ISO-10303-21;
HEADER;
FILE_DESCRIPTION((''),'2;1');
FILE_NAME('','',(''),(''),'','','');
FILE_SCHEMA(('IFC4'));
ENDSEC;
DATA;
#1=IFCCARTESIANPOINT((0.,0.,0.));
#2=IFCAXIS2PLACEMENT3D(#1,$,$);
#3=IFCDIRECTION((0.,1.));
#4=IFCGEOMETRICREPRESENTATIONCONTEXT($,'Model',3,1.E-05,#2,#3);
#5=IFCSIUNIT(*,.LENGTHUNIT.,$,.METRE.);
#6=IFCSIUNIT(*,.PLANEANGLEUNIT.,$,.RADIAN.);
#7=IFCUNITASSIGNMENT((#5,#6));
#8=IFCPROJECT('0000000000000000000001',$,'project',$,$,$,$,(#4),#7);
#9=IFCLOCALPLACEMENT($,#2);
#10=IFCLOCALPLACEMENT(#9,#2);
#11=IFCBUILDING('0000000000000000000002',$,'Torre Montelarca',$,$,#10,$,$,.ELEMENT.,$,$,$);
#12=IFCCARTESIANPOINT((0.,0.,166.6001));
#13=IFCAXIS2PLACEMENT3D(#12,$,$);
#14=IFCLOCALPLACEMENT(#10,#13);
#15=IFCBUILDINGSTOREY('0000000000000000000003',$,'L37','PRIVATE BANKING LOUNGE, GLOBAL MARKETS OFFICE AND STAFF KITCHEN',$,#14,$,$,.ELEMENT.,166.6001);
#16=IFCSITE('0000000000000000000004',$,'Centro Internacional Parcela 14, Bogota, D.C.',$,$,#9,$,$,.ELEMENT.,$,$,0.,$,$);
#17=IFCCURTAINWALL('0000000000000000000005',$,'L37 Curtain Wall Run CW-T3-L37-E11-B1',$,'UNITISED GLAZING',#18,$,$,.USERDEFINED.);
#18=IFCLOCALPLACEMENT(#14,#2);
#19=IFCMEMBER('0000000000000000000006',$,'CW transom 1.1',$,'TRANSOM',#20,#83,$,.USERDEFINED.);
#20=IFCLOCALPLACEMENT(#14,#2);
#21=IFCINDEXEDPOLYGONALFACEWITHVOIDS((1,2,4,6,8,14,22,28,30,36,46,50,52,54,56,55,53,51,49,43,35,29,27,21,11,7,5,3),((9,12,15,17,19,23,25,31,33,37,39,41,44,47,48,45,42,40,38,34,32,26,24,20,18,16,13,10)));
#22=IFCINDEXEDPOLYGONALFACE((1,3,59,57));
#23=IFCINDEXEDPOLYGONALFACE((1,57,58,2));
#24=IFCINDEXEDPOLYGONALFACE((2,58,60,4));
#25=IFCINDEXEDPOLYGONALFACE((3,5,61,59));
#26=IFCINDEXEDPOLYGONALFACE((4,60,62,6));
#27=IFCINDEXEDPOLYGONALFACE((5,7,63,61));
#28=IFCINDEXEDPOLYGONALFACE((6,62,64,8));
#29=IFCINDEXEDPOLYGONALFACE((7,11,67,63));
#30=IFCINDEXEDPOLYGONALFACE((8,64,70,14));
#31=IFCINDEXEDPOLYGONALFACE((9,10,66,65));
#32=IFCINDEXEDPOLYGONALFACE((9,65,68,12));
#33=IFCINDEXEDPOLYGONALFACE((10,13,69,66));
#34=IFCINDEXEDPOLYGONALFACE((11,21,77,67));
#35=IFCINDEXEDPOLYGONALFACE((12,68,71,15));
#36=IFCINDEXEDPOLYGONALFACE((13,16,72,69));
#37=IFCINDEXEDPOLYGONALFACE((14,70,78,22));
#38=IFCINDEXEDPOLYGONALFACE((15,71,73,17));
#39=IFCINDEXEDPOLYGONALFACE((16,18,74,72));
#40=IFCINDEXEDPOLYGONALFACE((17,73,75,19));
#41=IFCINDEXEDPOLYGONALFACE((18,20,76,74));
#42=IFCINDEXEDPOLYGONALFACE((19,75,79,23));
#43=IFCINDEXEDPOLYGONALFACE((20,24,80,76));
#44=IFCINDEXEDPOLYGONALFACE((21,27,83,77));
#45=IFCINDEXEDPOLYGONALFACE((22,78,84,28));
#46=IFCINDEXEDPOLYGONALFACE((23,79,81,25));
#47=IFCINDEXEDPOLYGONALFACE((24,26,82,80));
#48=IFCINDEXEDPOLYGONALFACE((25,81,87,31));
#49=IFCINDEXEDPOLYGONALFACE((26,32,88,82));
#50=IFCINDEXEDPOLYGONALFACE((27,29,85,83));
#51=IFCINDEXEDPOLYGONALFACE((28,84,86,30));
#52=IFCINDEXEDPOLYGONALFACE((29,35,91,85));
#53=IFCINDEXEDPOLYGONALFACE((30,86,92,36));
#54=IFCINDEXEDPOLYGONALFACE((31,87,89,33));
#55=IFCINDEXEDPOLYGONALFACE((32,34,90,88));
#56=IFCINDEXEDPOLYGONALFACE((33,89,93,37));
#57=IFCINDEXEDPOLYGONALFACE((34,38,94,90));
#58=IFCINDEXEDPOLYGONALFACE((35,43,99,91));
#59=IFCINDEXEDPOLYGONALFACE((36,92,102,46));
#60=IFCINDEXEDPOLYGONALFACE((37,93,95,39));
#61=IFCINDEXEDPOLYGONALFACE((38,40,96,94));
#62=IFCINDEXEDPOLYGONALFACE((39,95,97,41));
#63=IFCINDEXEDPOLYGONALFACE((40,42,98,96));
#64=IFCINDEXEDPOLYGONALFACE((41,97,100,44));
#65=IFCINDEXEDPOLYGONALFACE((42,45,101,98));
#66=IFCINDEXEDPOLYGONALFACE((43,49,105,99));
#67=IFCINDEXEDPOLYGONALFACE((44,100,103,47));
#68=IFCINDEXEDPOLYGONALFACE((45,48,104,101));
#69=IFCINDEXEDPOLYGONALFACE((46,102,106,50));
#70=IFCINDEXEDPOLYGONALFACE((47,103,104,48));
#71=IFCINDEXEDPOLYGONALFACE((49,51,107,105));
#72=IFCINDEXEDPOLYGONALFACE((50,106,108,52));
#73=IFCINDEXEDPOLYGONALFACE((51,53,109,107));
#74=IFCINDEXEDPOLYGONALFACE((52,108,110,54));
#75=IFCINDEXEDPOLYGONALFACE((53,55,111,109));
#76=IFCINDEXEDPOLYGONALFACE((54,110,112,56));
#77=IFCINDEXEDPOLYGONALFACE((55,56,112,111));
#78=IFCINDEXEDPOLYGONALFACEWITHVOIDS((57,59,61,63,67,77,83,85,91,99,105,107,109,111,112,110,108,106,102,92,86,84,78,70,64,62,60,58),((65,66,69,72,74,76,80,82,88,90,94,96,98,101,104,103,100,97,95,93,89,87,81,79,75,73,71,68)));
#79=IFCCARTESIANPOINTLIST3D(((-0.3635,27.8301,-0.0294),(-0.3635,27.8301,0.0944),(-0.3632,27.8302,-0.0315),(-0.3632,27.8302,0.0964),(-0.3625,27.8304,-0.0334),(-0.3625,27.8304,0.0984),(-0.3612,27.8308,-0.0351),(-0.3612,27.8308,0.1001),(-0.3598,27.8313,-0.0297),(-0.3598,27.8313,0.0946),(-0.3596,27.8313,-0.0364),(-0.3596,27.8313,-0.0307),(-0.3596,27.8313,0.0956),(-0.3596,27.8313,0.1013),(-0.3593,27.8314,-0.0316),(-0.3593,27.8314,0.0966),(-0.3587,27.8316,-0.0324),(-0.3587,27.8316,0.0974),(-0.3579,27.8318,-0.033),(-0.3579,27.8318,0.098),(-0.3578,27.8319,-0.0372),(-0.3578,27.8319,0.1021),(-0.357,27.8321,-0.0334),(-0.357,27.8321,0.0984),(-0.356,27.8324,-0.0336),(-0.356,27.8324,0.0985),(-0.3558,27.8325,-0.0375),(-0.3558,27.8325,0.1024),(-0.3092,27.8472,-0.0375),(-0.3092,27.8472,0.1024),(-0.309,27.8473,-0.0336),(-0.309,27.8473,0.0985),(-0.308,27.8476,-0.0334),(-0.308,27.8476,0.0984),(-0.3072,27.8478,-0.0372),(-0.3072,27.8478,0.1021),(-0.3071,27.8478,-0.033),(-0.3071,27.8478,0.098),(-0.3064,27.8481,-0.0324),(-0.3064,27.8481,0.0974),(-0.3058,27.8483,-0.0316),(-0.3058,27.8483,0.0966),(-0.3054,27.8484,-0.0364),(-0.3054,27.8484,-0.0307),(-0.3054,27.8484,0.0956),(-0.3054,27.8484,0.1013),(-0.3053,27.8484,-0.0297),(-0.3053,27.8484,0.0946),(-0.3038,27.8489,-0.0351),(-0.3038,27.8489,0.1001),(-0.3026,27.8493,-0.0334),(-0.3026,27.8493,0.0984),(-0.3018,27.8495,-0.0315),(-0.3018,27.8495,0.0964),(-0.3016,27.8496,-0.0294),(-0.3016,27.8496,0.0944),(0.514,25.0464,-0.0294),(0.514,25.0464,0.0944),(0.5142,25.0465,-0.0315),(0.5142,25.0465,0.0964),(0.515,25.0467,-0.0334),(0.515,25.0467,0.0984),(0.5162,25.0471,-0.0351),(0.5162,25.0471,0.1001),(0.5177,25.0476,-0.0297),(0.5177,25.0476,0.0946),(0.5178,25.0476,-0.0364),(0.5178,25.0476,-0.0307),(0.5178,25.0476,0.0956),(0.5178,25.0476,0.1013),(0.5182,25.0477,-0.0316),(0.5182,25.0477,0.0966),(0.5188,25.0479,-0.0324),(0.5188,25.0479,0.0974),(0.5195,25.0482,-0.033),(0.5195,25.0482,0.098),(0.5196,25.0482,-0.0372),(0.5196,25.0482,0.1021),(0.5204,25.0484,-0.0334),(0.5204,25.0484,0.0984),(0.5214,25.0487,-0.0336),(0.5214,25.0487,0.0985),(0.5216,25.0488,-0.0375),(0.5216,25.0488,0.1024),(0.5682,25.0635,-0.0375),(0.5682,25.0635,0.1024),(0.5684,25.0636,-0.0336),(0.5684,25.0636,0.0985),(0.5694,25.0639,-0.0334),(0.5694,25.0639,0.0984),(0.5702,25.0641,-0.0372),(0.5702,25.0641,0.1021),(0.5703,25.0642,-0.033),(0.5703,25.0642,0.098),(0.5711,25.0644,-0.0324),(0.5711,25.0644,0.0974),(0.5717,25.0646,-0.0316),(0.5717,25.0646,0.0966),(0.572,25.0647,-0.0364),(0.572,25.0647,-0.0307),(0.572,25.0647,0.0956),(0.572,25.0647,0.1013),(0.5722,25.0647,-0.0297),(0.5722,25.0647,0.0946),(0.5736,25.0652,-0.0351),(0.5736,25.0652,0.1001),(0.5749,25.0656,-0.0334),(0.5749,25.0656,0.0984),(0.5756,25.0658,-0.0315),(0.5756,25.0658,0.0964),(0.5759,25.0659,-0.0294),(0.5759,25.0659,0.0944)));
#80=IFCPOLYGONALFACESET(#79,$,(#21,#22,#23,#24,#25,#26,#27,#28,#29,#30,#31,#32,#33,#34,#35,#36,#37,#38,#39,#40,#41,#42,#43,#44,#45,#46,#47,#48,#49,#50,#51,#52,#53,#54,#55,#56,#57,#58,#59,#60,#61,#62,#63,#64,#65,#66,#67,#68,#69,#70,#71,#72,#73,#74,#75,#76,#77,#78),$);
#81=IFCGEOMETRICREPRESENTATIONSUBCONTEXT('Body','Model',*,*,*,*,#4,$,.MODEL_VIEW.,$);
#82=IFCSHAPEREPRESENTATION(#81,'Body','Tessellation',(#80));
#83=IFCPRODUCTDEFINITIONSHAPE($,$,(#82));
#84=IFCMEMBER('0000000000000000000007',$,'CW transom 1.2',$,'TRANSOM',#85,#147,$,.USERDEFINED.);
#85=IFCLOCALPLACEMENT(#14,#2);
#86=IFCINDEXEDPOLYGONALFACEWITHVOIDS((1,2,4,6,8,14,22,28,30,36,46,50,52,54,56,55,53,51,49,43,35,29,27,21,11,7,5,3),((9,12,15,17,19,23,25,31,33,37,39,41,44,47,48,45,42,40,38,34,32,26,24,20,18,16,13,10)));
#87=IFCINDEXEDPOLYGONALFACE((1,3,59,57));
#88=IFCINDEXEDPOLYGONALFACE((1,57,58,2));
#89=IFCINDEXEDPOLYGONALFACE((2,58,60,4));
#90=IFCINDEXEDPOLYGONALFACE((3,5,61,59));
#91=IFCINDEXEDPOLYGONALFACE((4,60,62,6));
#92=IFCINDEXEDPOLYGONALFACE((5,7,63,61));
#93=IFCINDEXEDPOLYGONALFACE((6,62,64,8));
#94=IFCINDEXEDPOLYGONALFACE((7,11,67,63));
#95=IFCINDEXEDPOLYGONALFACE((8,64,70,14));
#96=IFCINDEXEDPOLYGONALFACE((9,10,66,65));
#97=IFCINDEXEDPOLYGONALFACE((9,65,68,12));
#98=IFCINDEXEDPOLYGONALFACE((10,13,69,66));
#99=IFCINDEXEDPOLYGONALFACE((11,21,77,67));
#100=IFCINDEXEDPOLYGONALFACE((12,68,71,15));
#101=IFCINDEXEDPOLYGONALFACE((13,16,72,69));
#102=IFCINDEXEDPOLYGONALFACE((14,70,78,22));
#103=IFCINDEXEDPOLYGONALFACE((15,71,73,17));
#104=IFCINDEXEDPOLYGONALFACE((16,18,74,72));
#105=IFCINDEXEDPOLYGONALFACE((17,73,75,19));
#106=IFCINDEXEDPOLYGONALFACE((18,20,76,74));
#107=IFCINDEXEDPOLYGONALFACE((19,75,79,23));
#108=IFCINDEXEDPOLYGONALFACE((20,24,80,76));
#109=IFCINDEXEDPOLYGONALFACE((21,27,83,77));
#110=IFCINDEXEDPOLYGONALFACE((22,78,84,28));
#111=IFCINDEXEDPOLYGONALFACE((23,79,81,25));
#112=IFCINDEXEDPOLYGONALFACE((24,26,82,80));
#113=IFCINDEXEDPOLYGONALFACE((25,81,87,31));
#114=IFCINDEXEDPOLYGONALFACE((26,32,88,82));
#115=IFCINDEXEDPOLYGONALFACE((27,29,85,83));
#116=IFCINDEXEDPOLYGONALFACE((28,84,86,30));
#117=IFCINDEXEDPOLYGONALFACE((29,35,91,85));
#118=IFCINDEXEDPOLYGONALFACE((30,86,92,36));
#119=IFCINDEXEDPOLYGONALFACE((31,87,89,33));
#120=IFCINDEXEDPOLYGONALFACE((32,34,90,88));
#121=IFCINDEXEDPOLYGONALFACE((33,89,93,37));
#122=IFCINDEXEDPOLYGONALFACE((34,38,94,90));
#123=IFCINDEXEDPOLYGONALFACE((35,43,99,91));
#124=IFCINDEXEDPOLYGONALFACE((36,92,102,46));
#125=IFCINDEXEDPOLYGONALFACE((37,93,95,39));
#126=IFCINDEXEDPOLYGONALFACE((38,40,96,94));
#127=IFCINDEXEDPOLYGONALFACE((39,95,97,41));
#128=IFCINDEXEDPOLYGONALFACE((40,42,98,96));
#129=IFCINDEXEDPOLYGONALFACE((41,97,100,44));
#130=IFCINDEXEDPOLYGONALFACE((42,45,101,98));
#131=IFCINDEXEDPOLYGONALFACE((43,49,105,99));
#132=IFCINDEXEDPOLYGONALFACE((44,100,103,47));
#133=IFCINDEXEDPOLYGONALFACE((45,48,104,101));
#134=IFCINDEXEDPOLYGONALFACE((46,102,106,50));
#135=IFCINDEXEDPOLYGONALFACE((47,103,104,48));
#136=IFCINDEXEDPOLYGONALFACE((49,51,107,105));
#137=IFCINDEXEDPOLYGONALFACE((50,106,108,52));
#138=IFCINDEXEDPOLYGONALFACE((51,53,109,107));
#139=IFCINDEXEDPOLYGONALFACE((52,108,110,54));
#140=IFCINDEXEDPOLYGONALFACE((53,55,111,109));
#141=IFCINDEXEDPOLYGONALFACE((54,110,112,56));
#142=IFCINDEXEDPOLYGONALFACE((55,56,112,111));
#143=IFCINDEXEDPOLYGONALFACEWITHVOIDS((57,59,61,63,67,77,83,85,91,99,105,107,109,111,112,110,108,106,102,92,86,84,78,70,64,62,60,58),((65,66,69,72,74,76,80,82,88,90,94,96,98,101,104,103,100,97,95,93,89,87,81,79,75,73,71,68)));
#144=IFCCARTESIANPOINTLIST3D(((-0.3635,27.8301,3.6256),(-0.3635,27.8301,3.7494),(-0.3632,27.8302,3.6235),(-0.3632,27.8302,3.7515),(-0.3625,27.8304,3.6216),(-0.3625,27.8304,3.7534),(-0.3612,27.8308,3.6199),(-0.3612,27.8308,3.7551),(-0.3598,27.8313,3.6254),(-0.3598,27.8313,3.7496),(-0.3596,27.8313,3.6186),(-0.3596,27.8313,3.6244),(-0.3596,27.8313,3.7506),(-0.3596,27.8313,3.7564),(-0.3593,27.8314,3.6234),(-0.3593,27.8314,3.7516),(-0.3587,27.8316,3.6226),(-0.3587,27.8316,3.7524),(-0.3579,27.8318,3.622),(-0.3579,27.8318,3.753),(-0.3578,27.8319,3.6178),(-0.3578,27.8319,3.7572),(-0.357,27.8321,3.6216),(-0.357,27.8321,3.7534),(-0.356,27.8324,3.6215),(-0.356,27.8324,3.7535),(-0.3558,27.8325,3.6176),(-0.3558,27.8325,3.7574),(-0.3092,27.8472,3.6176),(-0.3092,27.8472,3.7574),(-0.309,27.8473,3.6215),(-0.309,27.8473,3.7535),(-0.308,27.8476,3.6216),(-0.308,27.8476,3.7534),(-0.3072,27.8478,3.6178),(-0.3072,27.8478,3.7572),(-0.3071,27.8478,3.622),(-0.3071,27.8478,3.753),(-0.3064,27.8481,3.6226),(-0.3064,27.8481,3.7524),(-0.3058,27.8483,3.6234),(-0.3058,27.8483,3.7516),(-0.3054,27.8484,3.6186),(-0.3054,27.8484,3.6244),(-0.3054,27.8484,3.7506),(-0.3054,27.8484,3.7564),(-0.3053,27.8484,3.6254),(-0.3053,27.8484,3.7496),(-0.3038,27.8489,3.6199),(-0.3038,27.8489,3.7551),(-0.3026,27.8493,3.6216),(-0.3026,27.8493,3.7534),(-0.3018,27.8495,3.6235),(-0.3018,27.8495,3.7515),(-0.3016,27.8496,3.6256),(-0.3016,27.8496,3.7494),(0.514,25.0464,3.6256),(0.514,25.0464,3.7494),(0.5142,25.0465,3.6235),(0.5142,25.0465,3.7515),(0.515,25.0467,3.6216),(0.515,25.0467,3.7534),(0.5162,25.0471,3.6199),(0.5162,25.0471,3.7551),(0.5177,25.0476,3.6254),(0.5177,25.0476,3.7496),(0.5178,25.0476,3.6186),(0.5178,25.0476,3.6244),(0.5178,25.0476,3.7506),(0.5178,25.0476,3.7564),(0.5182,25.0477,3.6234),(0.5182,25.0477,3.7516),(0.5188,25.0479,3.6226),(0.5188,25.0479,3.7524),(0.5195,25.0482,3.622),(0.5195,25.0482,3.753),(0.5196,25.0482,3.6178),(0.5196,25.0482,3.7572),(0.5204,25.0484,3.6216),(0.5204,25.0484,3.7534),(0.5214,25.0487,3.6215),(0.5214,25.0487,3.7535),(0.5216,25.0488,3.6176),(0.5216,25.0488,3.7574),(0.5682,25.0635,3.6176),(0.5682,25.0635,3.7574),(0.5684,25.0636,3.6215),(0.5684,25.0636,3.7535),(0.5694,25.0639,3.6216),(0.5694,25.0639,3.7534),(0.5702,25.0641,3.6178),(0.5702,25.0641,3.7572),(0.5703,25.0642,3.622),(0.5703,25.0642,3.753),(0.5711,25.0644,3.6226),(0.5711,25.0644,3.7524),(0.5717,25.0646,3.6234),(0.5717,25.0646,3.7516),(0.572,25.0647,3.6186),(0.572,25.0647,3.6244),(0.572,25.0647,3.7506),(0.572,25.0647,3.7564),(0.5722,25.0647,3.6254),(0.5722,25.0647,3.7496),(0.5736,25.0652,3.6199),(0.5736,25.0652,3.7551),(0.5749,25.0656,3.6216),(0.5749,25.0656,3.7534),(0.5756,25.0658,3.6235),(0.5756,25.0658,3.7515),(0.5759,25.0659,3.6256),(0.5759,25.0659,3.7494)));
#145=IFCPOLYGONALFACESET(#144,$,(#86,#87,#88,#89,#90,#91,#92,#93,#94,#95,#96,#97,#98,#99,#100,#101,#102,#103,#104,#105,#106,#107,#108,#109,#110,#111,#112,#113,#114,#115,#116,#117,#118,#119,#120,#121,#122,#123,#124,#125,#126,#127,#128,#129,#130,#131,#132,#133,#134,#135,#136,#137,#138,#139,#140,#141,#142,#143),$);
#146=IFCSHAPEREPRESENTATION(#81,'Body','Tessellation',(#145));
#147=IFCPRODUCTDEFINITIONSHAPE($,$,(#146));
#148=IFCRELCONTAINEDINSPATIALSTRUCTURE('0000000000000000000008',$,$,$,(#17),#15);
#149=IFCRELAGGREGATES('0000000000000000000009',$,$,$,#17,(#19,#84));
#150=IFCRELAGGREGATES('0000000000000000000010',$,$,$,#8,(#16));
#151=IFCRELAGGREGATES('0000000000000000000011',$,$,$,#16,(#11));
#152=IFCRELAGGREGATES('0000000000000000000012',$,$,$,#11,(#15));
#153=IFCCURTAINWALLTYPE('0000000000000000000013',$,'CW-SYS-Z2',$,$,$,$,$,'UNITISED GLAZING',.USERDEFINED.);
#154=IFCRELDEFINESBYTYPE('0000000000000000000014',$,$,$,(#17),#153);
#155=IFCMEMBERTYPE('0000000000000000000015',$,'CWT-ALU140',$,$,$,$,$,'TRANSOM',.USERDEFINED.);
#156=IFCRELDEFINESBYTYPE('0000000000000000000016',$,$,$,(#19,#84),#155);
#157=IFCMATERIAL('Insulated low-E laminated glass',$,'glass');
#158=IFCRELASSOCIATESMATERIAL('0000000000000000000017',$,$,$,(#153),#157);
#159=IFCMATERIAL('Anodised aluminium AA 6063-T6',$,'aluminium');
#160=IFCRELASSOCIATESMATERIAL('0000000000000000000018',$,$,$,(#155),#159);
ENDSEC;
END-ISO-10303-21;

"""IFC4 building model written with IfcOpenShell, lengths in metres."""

from ifc_helpers import new_model, si_unit, direction, frame, origin, origin_2d, place, context, subcontext, project, spatial, hollow_rectangle, extrude, source, transform, mapped, material, material_profile, profile_set, type_object, element, aggregate, save


model = new_model("IFC4")

# Units and contexts
model_context = context("Model", 3, precision=1e-05, world=origin(), true_north=direction((0.0, 1.0)))
body_context = subcontext(model_context, "Body", "Model", "MODEL_VIEW")
ifc_project = project(units=[si_unit("LENGTHUNIT", "METRE"), si_unit("PLANEANGLEUNIT", "RADIAN")], contexts=[model_context])

# Site, building, storey
site_placement = place(None, origin())
site = spatial("IfcSite", under=ifc_project, at=site_placement, Name="Centro Internacional Parcela 14, Bogota, D.C.", CompositionType="ELEMENT", RefElevation=0.0)
building_placement = place(site_placement, origin())
building = spatial("IfcBuilding", under=site, at=building_placement, Name="Torre Montelarca", CompositionType="ELEMENT")
storey_placement = place(building_placement, frame((0.0, 0.0, 166.6001)))
storey = spatial("IfcBuildingStorey", under=building, at=storey_placement, Name="L37", Description="PRIVATE BANKING LOUNGE, GLOBAL MARKETS OFFICE AND STAFF KITCHEN", CompositionType="ELEMENT", Elevation=166.6001)

# Curtain wall, members
ifc_material_1 = material(Name="Insulated low-E laminated glass", Category="glass")
curtain_wall_type = type_object("IfcCurtainWallType", Name="CW-SYS-Z2", ElementType="UNITISED GLAZING", PredefinedType="USERDEFINED", material=ifc_material_1)
curtain_wall_1_placement = place(storey_placement, origin())
curtain_wall_1 = element("IfcCurtainWall", 1, at=curtain_wall_1_placement, inside=storey, type_object=curtain_wall_type, Name="L37 Curtain Wall Run CW-T3-L37-E11-B1", ObjectType="UNITISED GLAZING", PredefinedType="USERDEFINED")
ifc_material_2 = material(Name="Anodised aluminium AA 6063-T6", Category="aluminium")
ifc_material_profile_1 = material_profile(ifc_material_2, hollow_rectangle(XDim=0.0649, YDim=0.1399, WallThickness=0.0039, InnerFilletRadius=0.0039, OuterFilletRadius=0.0081, at=origin_2d()), Name="ALU65X140X4", Category="aluminium")
ifc_profile_set_1 = profile_set([ifc_material_profile_1], Name="Anodised aluminium AA 6063-T6")
member_type_1 = type_object("IfcMemberType", Name="CWT-ALU140", ElementType="TRANSOM", PredefinedType="USERDEFINED", material=ifc_profile_set_1)
shared_shape_1 = source(origin(), body_context, "Body", "SweptSolid", [
    extrude(hollow_rectangle(XDim=0.0649, YDim=0.1399, WallThickness=0.0039, InnerFilletRadius=0.0039, OuterFilletRadius=0.0081, at=origin_2d()), origin(), (0.0, 0.0, 1.0), 2.9187),
])
member_1_placement = place(storey_placement, frame((-0.3325, 27.8398, 0.0325), z_axis=(0.300627, -0.953742, 0.0), x_axis=(0.953742, 0.300627, 0.0)))
member_1 = element("IfcMember", 2, at=member_1_placement, type_object=member_type_1, Name="CW transom 1.1", ObjectType="TRANSOM", PredefinedType="USERDEFINED", context=body_context, shape_type="MappedRepresentation", body=[
    mapped(shared_shape_1, transform((0.0, 0.0, 0.0), scale=1.0)),
])
member_2_placement = place(storey_placement, frame((-0.3325, 27.8398, 3.6875), z_axis=(0.300627, -0.953742, 0.0), x_axis=(0.953742, 0.300627, 0.0)))
member_2 = element("IfcMember", 3, at=member_2_placement, type_object=member_type_1, Name="CW transom 1.2", ObjectType="TRANSOM", PredefinedType="USERDEFINED", context=body_context, shape_type="MappedRepresentation", body=[
    mapped(shared_shape_1, transform((0.0, 0.0, 0.0), scale=1.0)),
])

aggregate(curtain_wall_1, [member_1, member_2])

save(model, "model.ifc")
